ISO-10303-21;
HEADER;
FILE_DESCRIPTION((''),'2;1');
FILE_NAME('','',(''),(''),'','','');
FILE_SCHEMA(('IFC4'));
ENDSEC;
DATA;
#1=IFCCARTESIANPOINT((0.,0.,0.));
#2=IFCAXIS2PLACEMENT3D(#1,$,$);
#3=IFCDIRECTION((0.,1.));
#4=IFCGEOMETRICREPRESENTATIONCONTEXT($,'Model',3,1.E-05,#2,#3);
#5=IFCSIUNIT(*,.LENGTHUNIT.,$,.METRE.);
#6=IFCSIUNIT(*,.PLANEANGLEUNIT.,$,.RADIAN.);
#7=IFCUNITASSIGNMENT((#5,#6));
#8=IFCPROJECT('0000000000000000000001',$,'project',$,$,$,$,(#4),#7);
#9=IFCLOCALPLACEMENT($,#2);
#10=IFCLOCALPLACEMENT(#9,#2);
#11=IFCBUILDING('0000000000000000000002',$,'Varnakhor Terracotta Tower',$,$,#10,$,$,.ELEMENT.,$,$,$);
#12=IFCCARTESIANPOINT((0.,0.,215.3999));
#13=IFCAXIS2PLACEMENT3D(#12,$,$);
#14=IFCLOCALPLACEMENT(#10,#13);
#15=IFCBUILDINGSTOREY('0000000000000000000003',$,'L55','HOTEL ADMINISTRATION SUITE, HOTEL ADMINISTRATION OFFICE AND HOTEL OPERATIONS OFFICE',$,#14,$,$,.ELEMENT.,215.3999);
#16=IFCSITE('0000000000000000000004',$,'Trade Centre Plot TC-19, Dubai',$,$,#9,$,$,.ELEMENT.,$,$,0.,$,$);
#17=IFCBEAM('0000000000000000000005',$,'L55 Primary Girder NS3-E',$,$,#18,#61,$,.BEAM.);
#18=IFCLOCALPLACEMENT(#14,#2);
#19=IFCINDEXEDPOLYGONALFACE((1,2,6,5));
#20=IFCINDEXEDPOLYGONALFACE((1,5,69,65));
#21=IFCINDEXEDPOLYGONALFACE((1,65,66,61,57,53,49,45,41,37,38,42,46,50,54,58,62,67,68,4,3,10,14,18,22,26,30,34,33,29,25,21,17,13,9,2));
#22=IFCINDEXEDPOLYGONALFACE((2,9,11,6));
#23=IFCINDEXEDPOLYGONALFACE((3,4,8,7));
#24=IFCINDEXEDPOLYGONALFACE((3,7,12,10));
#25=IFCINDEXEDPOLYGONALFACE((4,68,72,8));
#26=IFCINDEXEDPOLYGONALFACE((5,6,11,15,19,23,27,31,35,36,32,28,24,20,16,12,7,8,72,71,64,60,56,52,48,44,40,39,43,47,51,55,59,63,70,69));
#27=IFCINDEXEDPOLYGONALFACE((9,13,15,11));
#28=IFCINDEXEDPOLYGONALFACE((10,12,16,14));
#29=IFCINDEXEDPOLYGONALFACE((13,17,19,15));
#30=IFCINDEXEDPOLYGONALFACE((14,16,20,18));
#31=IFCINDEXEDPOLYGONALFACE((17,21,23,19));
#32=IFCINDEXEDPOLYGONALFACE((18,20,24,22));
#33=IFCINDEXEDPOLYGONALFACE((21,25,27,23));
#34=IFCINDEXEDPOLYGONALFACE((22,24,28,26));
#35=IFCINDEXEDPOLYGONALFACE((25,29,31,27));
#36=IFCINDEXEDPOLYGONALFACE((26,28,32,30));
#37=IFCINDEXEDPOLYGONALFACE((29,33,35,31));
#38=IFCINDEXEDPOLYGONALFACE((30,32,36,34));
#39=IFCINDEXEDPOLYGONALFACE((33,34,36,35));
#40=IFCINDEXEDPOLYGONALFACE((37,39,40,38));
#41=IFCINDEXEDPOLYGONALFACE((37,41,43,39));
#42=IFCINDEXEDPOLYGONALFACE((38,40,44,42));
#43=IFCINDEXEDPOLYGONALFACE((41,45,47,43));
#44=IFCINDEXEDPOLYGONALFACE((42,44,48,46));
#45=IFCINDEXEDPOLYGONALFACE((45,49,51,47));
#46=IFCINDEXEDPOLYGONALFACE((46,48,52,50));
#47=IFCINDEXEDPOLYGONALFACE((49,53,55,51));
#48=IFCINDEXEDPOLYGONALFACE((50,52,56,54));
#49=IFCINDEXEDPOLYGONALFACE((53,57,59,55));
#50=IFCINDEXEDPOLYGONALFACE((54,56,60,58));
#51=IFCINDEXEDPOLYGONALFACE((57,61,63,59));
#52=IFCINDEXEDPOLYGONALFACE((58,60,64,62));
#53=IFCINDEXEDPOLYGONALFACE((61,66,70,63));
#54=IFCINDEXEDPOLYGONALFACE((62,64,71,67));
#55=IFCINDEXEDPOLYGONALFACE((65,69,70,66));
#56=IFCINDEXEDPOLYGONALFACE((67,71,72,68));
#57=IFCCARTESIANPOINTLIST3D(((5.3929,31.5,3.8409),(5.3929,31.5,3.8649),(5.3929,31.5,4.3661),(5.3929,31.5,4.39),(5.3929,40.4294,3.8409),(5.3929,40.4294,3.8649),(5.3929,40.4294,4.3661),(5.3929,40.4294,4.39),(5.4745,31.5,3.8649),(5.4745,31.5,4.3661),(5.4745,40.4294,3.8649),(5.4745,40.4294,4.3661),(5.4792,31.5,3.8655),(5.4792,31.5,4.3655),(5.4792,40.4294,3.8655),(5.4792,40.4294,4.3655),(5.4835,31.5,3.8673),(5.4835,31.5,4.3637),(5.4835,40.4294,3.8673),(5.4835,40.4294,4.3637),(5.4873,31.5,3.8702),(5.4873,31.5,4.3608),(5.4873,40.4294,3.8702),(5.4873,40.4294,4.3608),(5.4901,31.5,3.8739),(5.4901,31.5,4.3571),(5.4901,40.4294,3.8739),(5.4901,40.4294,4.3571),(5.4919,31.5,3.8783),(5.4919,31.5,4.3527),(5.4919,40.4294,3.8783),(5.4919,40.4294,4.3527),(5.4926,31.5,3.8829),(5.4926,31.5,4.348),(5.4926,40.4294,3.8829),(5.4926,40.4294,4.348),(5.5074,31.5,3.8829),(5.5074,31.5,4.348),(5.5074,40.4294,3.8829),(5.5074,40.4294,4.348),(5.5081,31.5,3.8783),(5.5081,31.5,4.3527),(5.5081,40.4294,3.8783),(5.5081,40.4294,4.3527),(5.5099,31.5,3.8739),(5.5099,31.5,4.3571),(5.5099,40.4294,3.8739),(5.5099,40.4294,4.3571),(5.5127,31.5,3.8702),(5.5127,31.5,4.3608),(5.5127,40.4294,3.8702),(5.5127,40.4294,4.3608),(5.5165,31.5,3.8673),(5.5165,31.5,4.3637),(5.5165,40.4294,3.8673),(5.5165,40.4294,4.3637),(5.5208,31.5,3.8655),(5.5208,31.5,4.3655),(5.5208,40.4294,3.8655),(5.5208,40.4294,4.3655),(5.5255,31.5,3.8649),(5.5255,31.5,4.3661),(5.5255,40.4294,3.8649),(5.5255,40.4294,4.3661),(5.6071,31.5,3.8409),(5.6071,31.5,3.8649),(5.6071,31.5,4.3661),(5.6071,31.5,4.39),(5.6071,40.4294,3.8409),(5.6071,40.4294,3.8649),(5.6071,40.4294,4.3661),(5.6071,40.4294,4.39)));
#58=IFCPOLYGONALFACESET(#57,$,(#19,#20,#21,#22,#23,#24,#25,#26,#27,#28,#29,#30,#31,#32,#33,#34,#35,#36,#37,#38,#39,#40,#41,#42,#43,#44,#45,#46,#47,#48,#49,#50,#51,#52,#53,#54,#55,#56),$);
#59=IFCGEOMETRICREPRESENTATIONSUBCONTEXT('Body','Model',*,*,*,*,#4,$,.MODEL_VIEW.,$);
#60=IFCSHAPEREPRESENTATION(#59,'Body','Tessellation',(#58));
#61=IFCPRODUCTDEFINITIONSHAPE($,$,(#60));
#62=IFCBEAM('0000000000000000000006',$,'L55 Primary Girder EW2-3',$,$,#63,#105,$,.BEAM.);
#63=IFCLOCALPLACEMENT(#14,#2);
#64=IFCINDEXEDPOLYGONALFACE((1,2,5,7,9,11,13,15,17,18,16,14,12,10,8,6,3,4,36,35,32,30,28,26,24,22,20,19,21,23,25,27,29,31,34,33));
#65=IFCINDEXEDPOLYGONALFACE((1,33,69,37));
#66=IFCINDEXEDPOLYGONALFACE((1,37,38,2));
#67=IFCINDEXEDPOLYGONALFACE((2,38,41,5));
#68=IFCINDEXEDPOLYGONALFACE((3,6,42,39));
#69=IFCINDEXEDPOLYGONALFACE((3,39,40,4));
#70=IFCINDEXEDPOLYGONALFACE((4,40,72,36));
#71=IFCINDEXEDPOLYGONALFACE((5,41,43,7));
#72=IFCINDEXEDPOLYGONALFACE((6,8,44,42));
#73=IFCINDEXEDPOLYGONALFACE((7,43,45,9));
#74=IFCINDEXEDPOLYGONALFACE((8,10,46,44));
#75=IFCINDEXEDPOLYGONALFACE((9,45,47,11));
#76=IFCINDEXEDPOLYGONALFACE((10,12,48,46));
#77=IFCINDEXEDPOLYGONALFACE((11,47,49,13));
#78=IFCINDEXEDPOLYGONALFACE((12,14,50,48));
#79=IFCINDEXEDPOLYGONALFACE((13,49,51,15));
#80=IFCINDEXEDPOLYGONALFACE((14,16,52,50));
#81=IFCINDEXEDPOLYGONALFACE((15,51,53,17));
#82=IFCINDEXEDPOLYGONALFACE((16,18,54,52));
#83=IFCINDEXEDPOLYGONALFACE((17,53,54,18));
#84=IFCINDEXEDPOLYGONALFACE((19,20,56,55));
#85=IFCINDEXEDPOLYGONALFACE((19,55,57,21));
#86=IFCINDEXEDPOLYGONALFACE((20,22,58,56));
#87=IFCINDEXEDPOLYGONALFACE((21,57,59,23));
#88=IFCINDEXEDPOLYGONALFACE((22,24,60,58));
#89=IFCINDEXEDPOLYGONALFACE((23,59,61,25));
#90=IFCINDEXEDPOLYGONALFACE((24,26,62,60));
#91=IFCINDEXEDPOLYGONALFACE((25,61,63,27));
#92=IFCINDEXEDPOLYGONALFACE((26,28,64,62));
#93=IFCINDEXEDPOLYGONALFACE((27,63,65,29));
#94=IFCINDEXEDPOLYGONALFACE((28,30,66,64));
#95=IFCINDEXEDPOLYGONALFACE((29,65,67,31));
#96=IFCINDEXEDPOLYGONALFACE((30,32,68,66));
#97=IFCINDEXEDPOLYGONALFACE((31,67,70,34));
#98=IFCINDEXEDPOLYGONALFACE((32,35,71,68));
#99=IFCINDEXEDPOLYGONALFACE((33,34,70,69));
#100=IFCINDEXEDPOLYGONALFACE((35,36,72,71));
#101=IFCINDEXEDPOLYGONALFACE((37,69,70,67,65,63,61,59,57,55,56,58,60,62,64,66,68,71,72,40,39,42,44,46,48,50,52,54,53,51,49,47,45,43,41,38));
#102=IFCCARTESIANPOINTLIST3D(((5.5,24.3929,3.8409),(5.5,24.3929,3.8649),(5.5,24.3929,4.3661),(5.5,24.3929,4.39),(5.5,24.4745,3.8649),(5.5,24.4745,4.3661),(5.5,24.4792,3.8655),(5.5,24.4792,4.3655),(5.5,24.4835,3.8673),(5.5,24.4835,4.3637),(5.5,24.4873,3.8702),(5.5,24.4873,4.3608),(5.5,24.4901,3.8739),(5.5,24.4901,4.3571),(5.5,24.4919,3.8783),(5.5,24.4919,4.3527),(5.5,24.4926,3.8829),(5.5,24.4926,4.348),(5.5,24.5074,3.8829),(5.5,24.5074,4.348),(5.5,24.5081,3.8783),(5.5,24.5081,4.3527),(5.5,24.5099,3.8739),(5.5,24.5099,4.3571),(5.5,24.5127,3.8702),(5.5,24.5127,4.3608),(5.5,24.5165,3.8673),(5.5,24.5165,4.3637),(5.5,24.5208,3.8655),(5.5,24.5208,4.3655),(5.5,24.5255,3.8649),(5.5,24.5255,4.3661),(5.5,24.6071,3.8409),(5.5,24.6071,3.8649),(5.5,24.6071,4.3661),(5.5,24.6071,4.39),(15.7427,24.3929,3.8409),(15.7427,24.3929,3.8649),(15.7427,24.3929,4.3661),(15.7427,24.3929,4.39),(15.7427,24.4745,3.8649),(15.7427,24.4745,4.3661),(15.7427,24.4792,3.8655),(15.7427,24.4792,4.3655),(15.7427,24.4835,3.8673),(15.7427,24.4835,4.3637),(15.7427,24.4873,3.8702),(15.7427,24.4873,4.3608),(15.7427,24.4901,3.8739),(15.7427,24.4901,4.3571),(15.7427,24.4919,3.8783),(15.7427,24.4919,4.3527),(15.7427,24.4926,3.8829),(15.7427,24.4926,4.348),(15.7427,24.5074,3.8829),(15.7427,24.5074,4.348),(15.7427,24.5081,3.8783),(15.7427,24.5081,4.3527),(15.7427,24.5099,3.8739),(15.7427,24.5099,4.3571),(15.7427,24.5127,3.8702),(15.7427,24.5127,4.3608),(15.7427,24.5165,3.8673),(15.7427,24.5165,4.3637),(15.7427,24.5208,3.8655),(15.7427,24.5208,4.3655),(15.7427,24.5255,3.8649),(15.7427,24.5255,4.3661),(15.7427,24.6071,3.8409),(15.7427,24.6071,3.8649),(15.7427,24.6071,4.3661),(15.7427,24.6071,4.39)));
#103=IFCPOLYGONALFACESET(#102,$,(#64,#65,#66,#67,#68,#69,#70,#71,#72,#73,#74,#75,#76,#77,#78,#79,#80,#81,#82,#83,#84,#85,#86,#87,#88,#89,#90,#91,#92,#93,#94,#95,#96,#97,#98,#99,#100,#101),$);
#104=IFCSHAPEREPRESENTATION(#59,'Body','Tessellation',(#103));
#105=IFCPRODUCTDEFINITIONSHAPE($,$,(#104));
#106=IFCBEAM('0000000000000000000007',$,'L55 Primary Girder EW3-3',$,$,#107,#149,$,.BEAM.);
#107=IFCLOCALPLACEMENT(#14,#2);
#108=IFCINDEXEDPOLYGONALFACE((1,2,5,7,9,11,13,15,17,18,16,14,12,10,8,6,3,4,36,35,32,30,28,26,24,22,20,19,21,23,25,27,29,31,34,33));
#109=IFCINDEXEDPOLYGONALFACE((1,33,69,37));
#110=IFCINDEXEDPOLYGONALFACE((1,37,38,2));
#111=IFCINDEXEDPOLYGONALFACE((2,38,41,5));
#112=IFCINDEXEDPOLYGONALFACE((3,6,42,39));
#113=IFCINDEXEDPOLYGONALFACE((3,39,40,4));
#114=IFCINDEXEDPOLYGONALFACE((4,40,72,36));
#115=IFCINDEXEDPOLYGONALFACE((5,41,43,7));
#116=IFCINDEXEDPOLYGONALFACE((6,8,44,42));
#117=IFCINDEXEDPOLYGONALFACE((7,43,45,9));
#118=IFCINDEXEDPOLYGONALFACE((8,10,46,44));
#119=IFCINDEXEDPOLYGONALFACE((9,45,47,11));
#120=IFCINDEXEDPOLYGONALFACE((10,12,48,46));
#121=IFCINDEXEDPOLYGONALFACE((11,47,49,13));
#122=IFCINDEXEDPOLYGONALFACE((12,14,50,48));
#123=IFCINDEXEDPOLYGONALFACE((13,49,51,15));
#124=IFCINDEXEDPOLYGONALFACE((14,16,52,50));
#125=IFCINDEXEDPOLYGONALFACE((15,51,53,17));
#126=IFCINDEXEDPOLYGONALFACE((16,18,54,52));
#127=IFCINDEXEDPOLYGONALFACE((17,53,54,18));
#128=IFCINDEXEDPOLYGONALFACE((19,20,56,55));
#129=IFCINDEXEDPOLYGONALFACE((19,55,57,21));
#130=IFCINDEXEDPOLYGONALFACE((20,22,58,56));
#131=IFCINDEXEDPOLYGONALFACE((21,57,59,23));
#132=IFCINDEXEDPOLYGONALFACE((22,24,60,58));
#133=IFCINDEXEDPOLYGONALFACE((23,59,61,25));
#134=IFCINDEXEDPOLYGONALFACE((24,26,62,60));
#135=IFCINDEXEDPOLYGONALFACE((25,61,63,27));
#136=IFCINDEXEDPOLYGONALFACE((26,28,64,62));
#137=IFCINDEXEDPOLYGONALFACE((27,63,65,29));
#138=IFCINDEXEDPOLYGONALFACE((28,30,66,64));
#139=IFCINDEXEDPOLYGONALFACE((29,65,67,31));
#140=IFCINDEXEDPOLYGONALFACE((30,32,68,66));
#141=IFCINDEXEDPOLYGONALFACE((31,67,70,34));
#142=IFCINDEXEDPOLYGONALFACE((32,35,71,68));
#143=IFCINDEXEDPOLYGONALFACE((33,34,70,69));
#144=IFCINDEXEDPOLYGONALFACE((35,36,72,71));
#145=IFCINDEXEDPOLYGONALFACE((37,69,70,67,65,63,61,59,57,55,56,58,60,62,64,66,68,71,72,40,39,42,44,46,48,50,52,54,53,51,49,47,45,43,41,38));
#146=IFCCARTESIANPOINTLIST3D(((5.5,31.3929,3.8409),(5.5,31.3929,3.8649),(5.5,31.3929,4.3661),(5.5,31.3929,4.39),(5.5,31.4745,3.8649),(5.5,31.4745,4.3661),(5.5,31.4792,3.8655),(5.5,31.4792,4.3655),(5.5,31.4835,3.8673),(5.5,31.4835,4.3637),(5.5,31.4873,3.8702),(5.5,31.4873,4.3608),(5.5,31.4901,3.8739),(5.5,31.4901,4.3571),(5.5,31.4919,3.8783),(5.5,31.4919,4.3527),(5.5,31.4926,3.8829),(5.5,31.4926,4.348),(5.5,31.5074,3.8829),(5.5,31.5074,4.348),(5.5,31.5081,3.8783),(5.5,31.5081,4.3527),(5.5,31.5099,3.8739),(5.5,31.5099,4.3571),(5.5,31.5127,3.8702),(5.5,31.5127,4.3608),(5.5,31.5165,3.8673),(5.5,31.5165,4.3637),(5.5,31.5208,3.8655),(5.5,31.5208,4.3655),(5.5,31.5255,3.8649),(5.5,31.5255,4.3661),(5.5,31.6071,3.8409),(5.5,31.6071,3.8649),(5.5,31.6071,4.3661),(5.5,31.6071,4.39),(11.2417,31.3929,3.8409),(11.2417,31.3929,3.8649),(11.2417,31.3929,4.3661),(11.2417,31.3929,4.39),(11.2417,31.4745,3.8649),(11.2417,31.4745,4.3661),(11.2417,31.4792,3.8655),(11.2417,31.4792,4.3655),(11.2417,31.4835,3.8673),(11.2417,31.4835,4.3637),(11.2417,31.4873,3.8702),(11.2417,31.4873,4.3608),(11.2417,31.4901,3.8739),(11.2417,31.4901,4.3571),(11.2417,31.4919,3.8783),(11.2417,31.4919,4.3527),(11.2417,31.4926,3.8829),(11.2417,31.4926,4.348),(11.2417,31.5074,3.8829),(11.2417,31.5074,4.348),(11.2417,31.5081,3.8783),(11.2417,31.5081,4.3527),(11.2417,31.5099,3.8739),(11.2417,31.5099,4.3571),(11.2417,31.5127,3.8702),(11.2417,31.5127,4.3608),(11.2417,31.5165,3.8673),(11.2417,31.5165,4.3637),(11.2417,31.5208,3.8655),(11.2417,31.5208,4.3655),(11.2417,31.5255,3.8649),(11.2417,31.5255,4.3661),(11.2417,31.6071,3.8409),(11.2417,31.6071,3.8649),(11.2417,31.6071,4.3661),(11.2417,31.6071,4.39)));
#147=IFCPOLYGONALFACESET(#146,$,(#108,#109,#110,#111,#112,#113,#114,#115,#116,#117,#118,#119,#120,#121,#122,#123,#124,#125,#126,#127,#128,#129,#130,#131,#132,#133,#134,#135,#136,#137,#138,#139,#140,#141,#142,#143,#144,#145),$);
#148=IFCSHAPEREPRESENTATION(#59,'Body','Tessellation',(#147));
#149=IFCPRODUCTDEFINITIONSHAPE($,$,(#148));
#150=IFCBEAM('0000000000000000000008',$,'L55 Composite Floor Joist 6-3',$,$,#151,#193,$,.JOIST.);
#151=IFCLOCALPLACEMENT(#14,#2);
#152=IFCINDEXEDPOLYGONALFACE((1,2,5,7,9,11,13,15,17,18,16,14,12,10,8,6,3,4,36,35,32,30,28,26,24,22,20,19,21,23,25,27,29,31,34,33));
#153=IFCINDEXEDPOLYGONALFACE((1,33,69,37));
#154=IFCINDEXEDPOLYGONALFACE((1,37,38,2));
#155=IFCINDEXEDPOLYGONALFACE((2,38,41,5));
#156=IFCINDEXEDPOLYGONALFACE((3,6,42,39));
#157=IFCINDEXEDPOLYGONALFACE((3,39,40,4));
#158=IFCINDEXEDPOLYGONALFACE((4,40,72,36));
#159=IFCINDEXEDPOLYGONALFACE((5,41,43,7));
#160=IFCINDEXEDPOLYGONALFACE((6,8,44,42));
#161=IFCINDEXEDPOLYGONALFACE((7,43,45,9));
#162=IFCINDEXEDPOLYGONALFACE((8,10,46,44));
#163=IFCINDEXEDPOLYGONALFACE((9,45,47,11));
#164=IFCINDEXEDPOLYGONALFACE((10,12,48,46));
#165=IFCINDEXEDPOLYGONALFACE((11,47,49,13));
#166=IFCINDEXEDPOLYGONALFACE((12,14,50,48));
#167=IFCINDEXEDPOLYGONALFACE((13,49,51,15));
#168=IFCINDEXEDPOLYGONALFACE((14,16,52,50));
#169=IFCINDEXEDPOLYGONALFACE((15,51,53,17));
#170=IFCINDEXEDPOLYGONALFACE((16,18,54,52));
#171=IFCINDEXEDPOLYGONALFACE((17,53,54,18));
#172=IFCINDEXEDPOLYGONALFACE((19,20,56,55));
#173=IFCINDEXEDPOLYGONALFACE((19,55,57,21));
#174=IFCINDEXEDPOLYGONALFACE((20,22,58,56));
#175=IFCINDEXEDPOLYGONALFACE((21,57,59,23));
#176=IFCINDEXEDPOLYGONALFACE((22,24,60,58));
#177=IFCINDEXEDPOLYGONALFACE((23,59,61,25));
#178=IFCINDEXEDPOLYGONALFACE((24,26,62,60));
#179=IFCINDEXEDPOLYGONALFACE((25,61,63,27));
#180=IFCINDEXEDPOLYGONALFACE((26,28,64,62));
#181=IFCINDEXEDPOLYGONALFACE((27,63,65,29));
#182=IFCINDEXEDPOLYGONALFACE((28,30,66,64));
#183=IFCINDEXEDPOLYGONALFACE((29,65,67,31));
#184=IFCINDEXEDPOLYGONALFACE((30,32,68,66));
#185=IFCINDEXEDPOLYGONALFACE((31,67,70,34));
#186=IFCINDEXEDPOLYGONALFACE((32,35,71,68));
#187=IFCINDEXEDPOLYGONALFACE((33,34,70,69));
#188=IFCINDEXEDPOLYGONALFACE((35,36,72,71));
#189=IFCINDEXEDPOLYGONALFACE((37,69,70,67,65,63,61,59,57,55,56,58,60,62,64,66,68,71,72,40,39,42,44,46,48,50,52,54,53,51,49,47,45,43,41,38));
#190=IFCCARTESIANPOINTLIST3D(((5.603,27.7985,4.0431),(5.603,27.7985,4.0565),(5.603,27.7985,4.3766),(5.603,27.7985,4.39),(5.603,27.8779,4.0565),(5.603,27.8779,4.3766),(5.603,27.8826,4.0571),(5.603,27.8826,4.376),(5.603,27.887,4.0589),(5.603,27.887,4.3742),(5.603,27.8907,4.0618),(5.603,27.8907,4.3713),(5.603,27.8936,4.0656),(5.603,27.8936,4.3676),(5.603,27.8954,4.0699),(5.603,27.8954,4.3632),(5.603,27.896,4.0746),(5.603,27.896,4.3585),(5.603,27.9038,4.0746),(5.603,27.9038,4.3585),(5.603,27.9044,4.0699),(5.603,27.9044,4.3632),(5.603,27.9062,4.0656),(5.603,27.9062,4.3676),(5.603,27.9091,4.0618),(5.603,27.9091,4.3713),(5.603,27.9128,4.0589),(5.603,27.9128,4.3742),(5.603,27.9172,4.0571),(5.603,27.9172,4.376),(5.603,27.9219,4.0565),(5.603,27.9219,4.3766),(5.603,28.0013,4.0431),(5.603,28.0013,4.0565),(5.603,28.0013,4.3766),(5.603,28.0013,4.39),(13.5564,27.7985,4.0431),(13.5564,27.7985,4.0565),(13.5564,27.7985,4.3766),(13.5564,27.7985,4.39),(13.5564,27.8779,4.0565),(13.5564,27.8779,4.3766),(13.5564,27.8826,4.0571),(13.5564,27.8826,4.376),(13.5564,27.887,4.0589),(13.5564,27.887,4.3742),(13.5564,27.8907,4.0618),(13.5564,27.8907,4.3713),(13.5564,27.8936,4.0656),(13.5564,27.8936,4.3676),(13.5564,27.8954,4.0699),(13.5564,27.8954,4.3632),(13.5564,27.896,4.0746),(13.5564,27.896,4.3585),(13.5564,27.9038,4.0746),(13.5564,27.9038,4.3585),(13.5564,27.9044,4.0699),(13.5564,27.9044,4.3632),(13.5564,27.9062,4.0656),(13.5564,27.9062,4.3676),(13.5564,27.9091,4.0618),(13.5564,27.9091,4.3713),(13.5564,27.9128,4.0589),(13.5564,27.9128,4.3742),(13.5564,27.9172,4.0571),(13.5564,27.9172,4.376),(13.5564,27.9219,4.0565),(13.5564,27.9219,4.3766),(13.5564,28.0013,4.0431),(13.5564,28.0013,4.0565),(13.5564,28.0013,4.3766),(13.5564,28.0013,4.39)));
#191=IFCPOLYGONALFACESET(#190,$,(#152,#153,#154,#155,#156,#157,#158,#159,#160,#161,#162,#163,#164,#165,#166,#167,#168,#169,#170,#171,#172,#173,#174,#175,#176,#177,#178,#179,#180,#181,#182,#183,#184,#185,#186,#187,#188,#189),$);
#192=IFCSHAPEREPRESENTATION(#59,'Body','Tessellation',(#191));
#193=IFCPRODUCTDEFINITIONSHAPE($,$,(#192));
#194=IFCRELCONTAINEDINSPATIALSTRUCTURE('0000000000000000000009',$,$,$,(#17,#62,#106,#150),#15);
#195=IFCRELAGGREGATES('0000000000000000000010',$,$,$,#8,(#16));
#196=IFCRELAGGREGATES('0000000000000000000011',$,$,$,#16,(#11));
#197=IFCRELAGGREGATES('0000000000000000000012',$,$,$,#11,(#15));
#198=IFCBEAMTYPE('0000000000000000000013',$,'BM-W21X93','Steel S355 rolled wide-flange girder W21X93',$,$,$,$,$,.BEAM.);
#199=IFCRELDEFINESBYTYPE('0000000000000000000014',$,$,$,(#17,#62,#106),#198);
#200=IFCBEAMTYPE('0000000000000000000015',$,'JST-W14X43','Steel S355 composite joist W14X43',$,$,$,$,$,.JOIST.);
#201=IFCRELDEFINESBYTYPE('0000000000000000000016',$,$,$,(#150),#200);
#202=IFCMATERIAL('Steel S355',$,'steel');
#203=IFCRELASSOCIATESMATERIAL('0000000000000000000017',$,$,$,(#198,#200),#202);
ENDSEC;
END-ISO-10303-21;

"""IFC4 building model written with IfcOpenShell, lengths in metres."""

from ifc_helpers import new_model, si_unit, direction, frame, origin, origin_2d, place, context, subcontext, project, spatial, i_section, extrude, source, transform, mapped, material, material_profile, profile_set, type_object, element, save


model = new_model("IFC4")

# Units and contexts
model_context = context("Model", 3, precision=1e-05, world=origin(), true_north=direction((0.0, 1.0)))
body_context = subcontext(model_context, "Body", "Model", "MODEL_VIEW")
ifc_project = project(units=[si_unit("LENGTHUNIT", "METRE"), si_unit("PLANEANGLEUNIT", "RADIAN")], contexts=[model_context])

# Site, building, storey
site_placement = place(None, origin())
site = spatial("IfcSite", under=ifc_project, at=site_placement, Name="Trade Centre Plot TC-19, Dubai", CompositionType="ELEMENT", RefElevation=0.0)
building_placement = place(site_placement, origin())
building = spatial("IfcBuilding", under=site, at=building_placement, Name="Varnakhor Terracotta Tower", CompositionType="ELEMENT")
storey_placement = place(building_placement, frame((0.0, 0.0, 215.3999)))
storey = spatial("IfcBuildingStorey", under=building, at=storey_placement, Name="L55", Description="HOTEL ADMINISTRATION SUITE, HOTEL ADMINISTRATION OFFICE AND HOTEL OPERATIONS OFFICE", CompositionType="ELEMENT", Elevation=215.3999)

# Beams
ifc_material_1 = material(Name="Steel S355", Category="steel")
ifc_material_profile_1 = material_profile(ifc_material_1, i_section(OverallWidth=0.2141, OverallDepth=0.5491, WebThickness=0.0149, FlangeThickness=0.0239, FilletRadius=0.0181, at=origin_2d()), Name="W21X93")
ifc_profile_set_1 = profile_set([ifc_material_profile_1], Name="Steel S355")
beam_type_1 = type_object("IfcBeamType", Name="BM-W21X93", Description="Steel S355 rolled wide-flange girder W21X93", PredefinedType="BEAM", material=ifc_profile_set_1)
shared_shape_1 = source(origin(), body_context, "Body", "SweptSolid", [
    extrude(i_section(OverallWidth=0.2141, OverallDepth=0.5491, WebThickness=0.0149, FlangeThickness=0.0239, FilletRadius=0.0181, at=origin_2d()), origin(), (0.0, 0.0, 1.0), 8.9294),
])
beam_1_placement = place(storey_placement, frame((5.5, 31.5, 4.1155), z_axis=(0.0, 1.0, 0.0), x_axis=(-1.0, 0.0, 0.0)))
element("IfcBeam", 1, at=beam_1_placement, inside=storey, type_object=beam_type_1, Name="L55 Primary Girder NS3-E", PredefinedType="BEAM", context=body_context, shape_type="MappedRepresentation", body=[
    mapped(shared_shape_1, transform((0.0, 0.0, 0.0), scale=1.0)),
])
shared_shape_2 = source(origin(), body_context, "Body", "SweptSolid", [
    extrude(i_section(OverallWidth=0.2141, OverallDepth=0.5491, WebThickness=0.0149, FlangeThickness=0.0239, FilletRadius=0.0181, at=origin_2d()), origin(), (0.0, 0.0, 1.0), 10.2427),
])
beam_2_placement = place(storey_placement, frame((5.5, 24.5, 4.1155), z_axis=(1.0, 0.0, 0.0), x_axis=(0.0, 1.0, 0.0)))
element("IfcBeam", 2, at=beam_2_placement, inside=storey, type_object=beam_type_1, Name="L55 Primary Girder EW2-3", PredefinedType="BEAM", context=body_context, shape_type="MappedRepresentation", body=[
    mapped(shared_shape_2, transform((0.0, 0.0, 0.0), scale=1.0)),
])
shared_shape_3 = source(origin(), body_context, "Body", "SweptSolid", [
    extrude(i_section(OverallWidth=0.2141, OverallDepth=0.5491, WebThickness=0.0149, FlangeThickness=0.0239, FilletRadius=0.0181, at=origin_2d()), origin(), (0.0, 0.0, 1.0), 5.7417),
])
beam_3_placement = place(storey_placement, frame((5.5, 31.5, 4.1155), z_axis=(1.0, 0.0, 0.0), x_axis=(0.0, 1.0, 0.0)))
element("IfcBeam", 3, at=beam_3_placement, inside=storey, type_object=beam_type_1, Name="L55 Primary Girder EW3-3", PredefinedType="BEAM", context=body_context, shape_type="MappedRepresentation", body=[
    mapped(shared_shape_3, transform((0.0, 0.0, 0.0), scale=1.0)),
])
ifc_material_profile_2 = material_profile(ifc_material_1, i_section(OverallWidth=0.2029, OverallDepth=0.3469, WebThickness=0.0078, FlangeThickness=0.0134, FilletRadius=0.0181, at=origin_2d()), Name="W14X43")
ifc_profile_set_2 = profile_set([ifc_material_profile_2], Name="Steel S355")
beam_type_2 = type_object("IfcBeamType", Name="JST-W14X43", Description="Steel S355 composite joist W14X43", PredefinedType="JOIST", material=ifc_profile_set_2)
shared_shape_4 = source(origin(), body_context, "Body", "SweptSolid", [
    extrude(i_section(OverallWidth=0.2029, OverallDepth=0.3469, WebThickness=0.0078, FlangeThickness=0.0134, FilletRadius=0.0181, at=origin_2d()), origin(), (0.0, 0.0, 1.0), 7.9534),
])
beam_4_placement = place(storey_placement, frame((5.603, 27.8999, 4.2166), z_axis=(1.0, 0.0, 0.0), x_axis=(0.0, 1.0, 0.0)))
element("IfcBeam", 4, at=beam_4_placement, inside=storey, type_object=beam_type_2, Name="L55 Composite Floor Joist 6-3", PredefinedType="JOIST", context=body_context, shape_type="MappedRepresentation", body=[
    mapped(shared_shape_4, transform((0.0, 0.0, 0.0), scale=1.0)),
])

save(model, "model.ifc")
